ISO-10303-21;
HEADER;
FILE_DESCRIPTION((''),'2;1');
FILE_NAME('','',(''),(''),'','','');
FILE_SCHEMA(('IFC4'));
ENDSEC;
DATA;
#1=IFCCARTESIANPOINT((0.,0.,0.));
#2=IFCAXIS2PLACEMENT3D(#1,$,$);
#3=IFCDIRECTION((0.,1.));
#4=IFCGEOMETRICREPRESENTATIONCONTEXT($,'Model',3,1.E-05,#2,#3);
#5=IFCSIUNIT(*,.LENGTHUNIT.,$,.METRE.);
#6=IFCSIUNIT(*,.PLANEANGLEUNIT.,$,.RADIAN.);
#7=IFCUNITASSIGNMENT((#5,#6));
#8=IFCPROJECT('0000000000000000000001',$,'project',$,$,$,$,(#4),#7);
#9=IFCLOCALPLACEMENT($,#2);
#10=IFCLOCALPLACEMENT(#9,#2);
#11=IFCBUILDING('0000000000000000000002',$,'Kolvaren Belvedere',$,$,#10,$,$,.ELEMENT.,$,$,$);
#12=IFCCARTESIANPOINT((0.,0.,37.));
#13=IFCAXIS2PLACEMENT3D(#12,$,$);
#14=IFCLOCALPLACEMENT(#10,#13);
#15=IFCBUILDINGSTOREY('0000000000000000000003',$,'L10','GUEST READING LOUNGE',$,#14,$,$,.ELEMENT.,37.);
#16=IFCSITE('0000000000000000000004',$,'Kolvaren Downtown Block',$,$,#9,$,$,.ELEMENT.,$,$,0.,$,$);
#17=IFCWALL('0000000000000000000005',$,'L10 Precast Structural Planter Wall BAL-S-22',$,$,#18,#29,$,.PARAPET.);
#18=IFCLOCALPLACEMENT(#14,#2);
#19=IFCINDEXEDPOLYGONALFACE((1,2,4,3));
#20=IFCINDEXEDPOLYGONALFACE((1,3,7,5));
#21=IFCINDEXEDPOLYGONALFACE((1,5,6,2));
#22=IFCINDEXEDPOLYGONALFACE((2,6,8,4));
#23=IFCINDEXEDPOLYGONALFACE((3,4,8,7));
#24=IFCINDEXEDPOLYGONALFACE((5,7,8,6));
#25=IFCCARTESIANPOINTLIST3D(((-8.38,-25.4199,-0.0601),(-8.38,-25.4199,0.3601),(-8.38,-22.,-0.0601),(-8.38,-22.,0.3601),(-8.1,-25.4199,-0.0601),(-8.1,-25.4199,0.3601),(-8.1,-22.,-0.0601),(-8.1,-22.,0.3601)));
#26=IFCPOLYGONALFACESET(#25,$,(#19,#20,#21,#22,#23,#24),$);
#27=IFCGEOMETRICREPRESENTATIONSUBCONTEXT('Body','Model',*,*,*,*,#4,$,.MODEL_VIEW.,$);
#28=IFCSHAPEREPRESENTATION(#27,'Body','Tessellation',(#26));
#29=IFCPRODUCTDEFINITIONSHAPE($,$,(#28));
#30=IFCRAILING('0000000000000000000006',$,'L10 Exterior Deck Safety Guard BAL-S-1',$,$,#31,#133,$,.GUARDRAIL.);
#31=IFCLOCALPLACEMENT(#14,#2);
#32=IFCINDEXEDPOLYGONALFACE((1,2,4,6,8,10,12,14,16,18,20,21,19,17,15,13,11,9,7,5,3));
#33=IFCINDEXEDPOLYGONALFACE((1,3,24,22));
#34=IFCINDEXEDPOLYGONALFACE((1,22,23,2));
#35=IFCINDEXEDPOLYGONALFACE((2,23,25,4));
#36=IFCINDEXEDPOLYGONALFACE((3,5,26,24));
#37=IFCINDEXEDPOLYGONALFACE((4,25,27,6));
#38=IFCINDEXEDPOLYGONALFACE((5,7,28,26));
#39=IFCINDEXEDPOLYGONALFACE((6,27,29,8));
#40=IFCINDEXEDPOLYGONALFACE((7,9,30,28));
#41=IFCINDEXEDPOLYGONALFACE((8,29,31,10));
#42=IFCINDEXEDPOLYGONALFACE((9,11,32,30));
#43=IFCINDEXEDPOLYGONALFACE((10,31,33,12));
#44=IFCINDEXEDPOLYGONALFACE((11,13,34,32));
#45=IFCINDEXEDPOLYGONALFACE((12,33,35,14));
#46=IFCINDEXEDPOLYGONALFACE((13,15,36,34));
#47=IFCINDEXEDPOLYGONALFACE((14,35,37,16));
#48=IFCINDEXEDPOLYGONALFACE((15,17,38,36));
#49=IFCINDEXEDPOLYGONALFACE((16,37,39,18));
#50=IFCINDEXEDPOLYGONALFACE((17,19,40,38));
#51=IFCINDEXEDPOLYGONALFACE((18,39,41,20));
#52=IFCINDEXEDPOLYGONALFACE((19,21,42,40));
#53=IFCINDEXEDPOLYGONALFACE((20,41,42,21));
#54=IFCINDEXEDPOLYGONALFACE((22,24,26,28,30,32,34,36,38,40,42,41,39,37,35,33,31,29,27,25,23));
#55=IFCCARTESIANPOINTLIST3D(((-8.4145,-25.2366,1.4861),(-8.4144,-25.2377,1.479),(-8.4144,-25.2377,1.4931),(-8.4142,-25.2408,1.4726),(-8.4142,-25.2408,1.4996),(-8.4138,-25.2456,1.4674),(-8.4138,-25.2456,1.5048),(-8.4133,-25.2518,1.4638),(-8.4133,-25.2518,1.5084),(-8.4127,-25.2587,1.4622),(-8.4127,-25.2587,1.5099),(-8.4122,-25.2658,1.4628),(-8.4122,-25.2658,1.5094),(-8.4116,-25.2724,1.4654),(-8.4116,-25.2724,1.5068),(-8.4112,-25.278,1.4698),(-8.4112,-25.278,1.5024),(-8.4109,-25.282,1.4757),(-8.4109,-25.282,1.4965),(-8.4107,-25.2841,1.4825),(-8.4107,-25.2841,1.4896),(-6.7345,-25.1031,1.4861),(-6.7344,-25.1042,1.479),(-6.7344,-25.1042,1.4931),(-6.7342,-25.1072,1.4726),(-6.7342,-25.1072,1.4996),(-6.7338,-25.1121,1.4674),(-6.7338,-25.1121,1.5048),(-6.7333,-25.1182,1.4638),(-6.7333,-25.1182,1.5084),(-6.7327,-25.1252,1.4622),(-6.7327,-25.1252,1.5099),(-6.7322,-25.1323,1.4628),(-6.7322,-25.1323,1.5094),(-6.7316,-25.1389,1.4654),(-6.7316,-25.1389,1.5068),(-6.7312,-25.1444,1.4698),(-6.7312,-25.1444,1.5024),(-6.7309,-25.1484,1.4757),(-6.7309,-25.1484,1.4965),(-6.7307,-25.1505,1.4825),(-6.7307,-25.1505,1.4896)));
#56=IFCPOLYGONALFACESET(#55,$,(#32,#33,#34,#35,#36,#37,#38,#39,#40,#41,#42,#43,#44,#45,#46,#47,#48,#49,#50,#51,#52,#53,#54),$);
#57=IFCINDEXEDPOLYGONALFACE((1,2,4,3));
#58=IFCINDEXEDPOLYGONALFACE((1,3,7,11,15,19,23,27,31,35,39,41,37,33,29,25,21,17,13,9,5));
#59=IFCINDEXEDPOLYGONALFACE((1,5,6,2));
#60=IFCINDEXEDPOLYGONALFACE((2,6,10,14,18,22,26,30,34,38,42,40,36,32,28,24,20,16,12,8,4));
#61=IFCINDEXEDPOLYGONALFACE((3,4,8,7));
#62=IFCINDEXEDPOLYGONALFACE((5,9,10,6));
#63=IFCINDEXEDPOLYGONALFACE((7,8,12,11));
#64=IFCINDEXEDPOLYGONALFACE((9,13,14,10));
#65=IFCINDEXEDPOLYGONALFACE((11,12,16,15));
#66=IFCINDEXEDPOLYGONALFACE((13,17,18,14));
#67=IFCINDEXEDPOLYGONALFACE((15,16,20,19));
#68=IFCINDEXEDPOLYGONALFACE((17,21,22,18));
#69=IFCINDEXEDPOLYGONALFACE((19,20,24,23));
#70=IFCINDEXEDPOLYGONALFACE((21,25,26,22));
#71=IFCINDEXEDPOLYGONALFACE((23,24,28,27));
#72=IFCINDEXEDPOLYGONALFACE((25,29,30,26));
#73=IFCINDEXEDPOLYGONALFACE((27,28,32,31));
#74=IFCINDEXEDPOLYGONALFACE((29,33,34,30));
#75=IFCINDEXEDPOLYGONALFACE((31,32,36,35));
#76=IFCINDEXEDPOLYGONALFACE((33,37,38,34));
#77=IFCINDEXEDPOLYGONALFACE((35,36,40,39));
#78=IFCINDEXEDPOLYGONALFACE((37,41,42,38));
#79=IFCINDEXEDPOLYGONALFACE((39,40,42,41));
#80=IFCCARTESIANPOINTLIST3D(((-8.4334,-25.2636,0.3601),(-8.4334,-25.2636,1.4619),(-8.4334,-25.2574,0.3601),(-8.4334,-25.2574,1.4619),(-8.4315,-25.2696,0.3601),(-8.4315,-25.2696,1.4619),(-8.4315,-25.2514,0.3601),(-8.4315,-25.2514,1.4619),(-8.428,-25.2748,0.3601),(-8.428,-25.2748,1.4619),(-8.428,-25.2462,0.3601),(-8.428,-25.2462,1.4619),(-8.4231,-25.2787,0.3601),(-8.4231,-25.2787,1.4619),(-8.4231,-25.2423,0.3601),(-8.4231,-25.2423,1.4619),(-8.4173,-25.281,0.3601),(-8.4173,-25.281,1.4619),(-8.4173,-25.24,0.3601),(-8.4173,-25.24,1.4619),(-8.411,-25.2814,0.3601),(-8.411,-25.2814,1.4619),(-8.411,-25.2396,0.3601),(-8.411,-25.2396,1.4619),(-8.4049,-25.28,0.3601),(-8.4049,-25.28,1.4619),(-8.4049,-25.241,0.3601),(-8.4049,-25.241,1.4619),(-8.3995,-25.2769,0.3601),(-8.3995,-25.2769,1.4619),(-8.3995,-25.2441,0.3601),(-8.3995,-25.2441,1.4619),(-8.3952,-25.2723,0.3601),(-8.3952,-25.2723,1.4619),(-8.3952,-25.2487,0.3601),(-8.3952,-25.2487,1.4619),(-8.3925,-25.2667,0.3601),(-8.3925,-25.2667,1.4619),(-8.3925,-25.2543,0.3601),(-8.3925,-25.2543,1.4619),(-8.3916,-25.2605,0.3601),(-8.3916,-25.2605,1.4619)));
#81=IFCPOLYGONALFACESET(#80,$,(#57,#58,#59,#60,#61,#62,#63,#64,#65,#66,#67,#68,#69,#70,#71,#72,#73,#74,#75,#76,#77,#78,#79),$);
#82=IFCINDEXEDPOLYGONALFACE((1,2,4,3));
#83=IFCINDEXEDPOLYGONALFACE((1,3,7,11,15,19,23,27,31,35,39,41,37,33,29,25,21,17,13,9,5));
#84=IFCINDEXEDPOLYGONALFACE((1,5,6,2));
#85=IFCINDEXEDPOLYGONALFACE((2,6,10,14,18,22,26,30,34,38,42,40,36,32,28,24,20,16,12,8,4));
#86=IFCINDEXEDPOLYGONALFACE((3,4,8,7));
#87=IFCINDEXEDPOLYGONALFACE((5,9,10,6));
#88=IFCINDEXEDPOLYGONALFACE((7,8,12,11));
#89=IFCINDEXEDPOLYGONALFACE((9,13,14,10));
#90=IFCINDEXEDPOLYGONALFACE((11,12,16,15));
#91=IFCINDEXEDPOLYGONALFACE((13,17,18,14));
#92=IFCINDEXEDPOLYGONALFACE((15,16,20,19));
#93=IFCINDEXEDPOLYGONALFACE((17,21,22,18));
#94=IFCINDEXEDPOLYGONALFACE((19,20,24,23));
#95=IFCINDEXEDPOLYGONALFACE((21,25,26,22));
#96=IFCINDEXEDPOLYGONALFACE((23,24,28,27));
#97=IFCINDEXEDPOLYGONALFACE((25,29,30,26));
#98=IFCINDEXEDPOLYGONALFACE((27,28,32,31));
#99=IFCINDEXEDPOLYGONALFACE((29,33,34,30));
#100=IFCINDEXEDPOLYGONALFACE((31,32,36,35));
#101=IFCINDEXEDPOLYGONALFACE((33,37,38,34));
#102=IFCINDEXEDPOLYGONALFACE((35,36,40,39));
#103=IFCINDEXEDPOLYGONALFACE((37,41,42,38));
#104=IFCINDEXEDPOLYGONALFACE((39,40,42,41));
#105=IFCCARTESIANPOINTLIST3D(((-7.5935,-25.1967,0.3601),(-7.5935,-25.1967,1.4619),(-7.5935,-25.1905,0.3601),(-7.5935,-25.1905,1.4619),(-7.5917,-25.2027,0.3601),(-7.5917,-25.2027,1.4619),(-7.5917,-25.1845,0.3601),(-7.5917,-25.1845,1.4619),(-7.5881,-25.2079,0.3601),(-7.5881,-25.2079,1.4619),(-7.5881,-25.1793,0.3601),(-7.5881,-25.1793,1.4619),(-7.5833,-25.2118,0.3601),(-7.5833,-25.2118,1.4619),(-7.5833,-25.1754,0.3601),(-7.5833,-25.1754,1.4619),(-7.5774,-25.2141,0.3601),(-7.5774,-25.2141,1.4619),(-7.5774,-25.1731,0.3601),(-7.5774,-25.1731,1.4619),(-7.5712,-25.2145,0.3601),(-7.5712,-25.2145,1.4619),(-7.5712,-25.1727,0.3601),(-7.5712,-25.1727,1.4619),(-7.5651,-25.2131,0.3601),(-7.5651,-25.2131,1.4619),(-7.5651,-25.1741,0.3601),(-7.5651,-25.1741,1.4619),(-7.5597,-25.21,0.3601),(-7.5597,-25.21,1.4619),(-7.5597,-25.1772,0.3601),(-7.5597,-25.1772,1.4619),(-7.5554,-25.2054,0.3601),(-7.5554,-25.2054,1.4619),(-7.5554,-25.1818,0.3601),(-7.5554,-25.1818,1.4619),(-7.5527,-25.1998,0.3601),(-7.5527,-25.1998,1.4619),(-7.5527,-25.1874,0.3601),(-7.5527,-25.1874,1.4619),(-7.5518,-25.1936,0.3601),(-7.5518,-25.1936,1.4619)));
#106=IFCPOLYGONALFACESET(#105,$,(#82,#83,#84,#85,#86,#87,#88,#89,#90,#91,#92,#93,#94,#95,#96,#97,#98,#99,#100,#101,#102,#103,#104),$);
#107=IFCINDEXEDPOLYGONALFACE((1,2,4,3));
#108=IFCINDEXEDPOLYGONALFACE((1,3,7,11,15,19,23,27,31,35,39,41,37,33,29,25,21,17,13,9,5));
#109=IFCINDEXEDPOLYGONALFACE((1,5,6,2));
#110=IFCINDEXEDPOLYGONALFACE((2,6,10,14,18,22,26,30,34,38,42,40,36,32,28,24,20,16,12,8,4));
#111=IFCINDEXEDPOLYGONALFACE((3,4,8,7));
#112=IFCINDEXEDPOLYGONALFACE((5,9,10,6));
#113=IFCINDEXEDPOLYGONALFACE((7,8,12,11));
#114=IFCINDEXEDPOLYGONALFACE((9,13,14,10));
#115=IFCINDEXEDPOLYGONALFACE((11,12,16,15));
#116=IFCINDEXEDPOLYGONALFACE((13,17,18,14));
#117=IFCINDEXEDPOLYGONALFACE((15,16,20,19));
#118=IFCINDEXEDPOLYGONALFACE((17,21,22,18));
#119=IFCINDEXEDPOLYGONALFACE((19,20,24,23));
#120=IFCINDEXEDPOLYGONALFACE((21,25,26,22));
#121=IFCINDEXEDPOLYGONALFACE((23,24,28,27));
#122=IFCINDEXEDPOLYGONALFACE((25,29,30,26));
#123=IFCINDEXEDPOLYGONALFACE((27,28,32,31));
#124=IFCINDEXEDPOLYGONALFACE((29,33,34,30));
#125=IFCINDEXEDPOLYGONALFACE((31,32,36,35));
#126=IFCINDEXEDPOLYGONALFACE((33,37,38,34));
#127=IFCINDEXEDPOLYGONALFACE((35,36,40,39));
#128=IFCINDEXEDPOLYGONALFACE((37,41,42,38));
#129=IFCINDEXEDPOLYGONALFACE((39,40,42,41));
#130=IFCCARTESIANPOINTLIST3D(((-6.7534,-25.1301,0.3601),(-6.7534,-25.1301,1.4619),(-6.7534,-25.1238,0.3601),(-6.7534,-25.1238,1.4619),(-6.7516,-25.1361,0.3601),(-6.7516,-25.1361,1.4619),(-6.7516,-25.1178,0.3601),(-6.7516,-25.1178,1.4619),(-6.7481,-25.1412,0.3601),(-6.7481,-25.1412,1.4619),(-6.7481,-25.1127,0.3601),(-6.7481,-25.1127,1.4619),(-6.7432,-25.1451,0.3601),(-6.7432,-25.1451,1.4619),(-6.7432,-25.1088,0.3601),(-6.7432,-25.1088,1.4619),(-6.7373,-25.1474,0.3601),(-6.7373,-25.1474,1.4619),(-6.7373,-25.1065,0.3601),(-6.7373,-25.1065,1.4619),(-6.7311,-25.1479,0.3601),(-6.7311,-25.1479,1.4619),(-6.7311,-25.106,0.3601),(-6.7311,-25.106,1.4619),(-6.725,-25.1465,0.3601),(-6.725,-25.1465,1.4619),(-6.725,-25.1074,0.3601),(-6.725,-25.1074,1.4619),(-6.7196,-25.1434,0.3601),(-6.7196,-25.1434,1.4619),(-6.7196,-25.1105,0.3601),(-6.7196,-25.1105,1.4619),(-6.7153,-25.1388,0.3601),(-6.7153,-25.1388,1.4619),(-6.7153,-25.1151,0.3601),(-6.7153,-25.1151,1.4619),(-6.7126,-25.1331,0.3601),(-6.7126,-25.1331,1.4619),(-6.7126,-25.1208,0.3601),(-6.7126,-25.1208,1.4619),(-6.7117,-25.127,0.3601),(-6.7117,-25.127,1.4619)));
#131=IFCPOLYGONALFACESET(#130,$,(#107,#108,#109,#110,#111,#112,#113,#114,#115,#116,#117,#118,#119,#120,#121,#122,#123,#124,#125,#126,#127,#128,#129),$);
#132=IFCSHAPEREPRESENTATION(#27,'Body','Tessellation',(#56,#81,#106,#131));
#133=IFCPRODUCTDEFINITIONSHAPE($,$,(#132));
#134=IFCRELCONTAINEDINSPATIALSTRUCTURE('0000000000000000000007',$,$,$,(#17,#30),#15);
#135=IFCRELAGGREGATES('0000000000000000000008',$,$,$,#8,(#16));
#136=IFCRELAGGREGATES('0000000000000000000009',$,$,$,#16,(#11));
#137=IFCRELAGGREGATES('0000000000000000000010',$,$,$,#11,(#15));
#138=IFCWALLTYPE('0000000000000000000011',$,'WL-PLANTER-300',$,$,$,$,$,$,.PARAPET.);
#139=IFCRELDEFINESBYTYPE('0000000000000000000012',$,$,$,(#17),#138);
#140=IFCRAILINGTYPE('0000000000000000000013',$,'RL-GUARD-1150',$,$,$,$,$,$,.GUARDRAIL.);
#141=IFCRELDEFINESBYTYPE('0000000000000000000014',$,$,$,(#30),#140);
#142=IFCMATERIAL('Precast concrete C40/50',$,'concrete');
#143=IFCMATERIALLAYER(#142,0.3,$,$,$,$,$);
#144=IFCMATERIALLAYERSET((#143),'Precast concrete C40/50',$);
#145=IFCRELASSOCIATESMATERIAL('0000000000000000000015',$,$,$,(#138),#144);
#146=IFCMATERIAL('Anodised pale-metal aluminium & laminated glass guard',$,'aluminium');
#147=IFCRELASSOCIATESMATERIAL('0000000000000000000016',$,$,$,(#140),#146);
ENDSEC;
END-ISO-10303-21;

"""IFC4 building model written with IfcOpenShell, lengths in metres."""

from ifc_helpers import new_model, si_unit, direction, frame, frame_2d, origin, origin_2d, place, context, subcontext, project, spatial, rectangle, circle, extrude, material, layer, layer_set, type_object, element, save


model = new_model("IFC4")

# Units and contexts
model_context = context("Model", 3, precision=1e-05, world=origin(), true_north=direction((0.0, 1.0)))
body_context = subcontext(model_context, "Body", "Model", "MODEL_VIEW")
ifc_project = project(units=[si_unit("LENGTHUNIT", "METRE"), si_unit("PLANEANGLEUNIT", "RADIAN")], contexts=[model_context])

# Site, building, storey
site_placement = place(None, origin())
site = spatial("IfcSite", under=ifc_project, at=site_placement, Name="Kolvaren Downtown Block", CompositionType="ELEMENT", RefElevation=0.0)
building_placement = place(site_placement, origin())
building = spatial("IfcBuilding", under=site, at=building_placement, Name="Kolvaren Belvedere", CompositionType="ELEMENT")
storey_placement = place(building_placement, frame((0.0, 0.0, 37.0)))
storey = spatial("IfcBuildingStorey", under=building, at=storey_placement, Name="L10", Description="GUEST READING LOUNGE", CompositionType="ELEMENT", Elevation=37.0)

# Wall
ifc_material_1 = material(Name="Precast concrete C40/50", Category="concrete")
ifc_layer_1 = layer(ifc_material_1, 0.3)
ifc_layer_set_1 = layer_set([ifc_layer_1], Name="Precast concrete C40/50")
wall_type_1 = type_object("IfcWallType", Name="WL-PLANTER-300", PredefinedType="PARAPET", material=ifc_layer_set_1)
wall_1_placement = place(storey_placement, frame((-8.24, -22.0, -0.0601), z_axis=(0.0, 0.0, 1.0), x_axis=(0.0, -1.0, 0.0)))
element("IfcWall", 1, at=wall_1_placement, inside=storey, type_object=wall_type_1, Name="L10 Precast Structural Planter Wall BAL-S-22", PredefinedType="PARAPET", context=body_context, shape_type="SweptSolid", body=[
    extrude(rectangle(XDim=3.4199, YDim=0.28, at=frame_2d((1.71, 0.0))), origin(), (0.0, 0.0, 1.0), 0.4202),
])

# Railing
ifc_material_2 = material(Name="Anodised pale-metal aluminium & laminated glass guard", Category="aluminium")
railing_type = type_object("IfcRailingType", Name="RL-GUARD-1150", PredefinedType="GUARDRAIL", material=ifc_material_2)
railing_1_placement = place(storey_placement, frame((-8.4126, -25.2605, 0.3601)))
element("IfcRailing", 2, at=railing_1_placement, inside=storey, type_object=railing_type, Name="L10 Exterior Deck Safety Guard BAL-S-1", PredefinedType="GUARDRAIL", context=body_context, shape_type="SweptSolid", body=[
    extrude(circle(Radius=0.0239, at=origin_2d()), frame((0.0, 0.0, 1.126), z_axis=(0.996855, 0.079244, 0.0), x_axis=(-0.079244, 0.996855, 0.0)), (0.0, 0.0, 1.0), 1.6853),
    extrude(circle(Radius=0.021, at=origin_2d()), origin(), (0.0, 0.0, 1.0), 1.1018),
    extrude(circle(Radius=0.021, at=origin_2d()), frame((0.8398, 0.0669, 0.0)), (0.0, 0.0, 1.0), 1.1018),
    extrude(circle(Radius=0.021, at=origin_2d()), frame((1.6799, 0.1335, 0.0)), (0.0, 0.0, 1.0), 1.1018),
])

save(model, "model.ifc")
